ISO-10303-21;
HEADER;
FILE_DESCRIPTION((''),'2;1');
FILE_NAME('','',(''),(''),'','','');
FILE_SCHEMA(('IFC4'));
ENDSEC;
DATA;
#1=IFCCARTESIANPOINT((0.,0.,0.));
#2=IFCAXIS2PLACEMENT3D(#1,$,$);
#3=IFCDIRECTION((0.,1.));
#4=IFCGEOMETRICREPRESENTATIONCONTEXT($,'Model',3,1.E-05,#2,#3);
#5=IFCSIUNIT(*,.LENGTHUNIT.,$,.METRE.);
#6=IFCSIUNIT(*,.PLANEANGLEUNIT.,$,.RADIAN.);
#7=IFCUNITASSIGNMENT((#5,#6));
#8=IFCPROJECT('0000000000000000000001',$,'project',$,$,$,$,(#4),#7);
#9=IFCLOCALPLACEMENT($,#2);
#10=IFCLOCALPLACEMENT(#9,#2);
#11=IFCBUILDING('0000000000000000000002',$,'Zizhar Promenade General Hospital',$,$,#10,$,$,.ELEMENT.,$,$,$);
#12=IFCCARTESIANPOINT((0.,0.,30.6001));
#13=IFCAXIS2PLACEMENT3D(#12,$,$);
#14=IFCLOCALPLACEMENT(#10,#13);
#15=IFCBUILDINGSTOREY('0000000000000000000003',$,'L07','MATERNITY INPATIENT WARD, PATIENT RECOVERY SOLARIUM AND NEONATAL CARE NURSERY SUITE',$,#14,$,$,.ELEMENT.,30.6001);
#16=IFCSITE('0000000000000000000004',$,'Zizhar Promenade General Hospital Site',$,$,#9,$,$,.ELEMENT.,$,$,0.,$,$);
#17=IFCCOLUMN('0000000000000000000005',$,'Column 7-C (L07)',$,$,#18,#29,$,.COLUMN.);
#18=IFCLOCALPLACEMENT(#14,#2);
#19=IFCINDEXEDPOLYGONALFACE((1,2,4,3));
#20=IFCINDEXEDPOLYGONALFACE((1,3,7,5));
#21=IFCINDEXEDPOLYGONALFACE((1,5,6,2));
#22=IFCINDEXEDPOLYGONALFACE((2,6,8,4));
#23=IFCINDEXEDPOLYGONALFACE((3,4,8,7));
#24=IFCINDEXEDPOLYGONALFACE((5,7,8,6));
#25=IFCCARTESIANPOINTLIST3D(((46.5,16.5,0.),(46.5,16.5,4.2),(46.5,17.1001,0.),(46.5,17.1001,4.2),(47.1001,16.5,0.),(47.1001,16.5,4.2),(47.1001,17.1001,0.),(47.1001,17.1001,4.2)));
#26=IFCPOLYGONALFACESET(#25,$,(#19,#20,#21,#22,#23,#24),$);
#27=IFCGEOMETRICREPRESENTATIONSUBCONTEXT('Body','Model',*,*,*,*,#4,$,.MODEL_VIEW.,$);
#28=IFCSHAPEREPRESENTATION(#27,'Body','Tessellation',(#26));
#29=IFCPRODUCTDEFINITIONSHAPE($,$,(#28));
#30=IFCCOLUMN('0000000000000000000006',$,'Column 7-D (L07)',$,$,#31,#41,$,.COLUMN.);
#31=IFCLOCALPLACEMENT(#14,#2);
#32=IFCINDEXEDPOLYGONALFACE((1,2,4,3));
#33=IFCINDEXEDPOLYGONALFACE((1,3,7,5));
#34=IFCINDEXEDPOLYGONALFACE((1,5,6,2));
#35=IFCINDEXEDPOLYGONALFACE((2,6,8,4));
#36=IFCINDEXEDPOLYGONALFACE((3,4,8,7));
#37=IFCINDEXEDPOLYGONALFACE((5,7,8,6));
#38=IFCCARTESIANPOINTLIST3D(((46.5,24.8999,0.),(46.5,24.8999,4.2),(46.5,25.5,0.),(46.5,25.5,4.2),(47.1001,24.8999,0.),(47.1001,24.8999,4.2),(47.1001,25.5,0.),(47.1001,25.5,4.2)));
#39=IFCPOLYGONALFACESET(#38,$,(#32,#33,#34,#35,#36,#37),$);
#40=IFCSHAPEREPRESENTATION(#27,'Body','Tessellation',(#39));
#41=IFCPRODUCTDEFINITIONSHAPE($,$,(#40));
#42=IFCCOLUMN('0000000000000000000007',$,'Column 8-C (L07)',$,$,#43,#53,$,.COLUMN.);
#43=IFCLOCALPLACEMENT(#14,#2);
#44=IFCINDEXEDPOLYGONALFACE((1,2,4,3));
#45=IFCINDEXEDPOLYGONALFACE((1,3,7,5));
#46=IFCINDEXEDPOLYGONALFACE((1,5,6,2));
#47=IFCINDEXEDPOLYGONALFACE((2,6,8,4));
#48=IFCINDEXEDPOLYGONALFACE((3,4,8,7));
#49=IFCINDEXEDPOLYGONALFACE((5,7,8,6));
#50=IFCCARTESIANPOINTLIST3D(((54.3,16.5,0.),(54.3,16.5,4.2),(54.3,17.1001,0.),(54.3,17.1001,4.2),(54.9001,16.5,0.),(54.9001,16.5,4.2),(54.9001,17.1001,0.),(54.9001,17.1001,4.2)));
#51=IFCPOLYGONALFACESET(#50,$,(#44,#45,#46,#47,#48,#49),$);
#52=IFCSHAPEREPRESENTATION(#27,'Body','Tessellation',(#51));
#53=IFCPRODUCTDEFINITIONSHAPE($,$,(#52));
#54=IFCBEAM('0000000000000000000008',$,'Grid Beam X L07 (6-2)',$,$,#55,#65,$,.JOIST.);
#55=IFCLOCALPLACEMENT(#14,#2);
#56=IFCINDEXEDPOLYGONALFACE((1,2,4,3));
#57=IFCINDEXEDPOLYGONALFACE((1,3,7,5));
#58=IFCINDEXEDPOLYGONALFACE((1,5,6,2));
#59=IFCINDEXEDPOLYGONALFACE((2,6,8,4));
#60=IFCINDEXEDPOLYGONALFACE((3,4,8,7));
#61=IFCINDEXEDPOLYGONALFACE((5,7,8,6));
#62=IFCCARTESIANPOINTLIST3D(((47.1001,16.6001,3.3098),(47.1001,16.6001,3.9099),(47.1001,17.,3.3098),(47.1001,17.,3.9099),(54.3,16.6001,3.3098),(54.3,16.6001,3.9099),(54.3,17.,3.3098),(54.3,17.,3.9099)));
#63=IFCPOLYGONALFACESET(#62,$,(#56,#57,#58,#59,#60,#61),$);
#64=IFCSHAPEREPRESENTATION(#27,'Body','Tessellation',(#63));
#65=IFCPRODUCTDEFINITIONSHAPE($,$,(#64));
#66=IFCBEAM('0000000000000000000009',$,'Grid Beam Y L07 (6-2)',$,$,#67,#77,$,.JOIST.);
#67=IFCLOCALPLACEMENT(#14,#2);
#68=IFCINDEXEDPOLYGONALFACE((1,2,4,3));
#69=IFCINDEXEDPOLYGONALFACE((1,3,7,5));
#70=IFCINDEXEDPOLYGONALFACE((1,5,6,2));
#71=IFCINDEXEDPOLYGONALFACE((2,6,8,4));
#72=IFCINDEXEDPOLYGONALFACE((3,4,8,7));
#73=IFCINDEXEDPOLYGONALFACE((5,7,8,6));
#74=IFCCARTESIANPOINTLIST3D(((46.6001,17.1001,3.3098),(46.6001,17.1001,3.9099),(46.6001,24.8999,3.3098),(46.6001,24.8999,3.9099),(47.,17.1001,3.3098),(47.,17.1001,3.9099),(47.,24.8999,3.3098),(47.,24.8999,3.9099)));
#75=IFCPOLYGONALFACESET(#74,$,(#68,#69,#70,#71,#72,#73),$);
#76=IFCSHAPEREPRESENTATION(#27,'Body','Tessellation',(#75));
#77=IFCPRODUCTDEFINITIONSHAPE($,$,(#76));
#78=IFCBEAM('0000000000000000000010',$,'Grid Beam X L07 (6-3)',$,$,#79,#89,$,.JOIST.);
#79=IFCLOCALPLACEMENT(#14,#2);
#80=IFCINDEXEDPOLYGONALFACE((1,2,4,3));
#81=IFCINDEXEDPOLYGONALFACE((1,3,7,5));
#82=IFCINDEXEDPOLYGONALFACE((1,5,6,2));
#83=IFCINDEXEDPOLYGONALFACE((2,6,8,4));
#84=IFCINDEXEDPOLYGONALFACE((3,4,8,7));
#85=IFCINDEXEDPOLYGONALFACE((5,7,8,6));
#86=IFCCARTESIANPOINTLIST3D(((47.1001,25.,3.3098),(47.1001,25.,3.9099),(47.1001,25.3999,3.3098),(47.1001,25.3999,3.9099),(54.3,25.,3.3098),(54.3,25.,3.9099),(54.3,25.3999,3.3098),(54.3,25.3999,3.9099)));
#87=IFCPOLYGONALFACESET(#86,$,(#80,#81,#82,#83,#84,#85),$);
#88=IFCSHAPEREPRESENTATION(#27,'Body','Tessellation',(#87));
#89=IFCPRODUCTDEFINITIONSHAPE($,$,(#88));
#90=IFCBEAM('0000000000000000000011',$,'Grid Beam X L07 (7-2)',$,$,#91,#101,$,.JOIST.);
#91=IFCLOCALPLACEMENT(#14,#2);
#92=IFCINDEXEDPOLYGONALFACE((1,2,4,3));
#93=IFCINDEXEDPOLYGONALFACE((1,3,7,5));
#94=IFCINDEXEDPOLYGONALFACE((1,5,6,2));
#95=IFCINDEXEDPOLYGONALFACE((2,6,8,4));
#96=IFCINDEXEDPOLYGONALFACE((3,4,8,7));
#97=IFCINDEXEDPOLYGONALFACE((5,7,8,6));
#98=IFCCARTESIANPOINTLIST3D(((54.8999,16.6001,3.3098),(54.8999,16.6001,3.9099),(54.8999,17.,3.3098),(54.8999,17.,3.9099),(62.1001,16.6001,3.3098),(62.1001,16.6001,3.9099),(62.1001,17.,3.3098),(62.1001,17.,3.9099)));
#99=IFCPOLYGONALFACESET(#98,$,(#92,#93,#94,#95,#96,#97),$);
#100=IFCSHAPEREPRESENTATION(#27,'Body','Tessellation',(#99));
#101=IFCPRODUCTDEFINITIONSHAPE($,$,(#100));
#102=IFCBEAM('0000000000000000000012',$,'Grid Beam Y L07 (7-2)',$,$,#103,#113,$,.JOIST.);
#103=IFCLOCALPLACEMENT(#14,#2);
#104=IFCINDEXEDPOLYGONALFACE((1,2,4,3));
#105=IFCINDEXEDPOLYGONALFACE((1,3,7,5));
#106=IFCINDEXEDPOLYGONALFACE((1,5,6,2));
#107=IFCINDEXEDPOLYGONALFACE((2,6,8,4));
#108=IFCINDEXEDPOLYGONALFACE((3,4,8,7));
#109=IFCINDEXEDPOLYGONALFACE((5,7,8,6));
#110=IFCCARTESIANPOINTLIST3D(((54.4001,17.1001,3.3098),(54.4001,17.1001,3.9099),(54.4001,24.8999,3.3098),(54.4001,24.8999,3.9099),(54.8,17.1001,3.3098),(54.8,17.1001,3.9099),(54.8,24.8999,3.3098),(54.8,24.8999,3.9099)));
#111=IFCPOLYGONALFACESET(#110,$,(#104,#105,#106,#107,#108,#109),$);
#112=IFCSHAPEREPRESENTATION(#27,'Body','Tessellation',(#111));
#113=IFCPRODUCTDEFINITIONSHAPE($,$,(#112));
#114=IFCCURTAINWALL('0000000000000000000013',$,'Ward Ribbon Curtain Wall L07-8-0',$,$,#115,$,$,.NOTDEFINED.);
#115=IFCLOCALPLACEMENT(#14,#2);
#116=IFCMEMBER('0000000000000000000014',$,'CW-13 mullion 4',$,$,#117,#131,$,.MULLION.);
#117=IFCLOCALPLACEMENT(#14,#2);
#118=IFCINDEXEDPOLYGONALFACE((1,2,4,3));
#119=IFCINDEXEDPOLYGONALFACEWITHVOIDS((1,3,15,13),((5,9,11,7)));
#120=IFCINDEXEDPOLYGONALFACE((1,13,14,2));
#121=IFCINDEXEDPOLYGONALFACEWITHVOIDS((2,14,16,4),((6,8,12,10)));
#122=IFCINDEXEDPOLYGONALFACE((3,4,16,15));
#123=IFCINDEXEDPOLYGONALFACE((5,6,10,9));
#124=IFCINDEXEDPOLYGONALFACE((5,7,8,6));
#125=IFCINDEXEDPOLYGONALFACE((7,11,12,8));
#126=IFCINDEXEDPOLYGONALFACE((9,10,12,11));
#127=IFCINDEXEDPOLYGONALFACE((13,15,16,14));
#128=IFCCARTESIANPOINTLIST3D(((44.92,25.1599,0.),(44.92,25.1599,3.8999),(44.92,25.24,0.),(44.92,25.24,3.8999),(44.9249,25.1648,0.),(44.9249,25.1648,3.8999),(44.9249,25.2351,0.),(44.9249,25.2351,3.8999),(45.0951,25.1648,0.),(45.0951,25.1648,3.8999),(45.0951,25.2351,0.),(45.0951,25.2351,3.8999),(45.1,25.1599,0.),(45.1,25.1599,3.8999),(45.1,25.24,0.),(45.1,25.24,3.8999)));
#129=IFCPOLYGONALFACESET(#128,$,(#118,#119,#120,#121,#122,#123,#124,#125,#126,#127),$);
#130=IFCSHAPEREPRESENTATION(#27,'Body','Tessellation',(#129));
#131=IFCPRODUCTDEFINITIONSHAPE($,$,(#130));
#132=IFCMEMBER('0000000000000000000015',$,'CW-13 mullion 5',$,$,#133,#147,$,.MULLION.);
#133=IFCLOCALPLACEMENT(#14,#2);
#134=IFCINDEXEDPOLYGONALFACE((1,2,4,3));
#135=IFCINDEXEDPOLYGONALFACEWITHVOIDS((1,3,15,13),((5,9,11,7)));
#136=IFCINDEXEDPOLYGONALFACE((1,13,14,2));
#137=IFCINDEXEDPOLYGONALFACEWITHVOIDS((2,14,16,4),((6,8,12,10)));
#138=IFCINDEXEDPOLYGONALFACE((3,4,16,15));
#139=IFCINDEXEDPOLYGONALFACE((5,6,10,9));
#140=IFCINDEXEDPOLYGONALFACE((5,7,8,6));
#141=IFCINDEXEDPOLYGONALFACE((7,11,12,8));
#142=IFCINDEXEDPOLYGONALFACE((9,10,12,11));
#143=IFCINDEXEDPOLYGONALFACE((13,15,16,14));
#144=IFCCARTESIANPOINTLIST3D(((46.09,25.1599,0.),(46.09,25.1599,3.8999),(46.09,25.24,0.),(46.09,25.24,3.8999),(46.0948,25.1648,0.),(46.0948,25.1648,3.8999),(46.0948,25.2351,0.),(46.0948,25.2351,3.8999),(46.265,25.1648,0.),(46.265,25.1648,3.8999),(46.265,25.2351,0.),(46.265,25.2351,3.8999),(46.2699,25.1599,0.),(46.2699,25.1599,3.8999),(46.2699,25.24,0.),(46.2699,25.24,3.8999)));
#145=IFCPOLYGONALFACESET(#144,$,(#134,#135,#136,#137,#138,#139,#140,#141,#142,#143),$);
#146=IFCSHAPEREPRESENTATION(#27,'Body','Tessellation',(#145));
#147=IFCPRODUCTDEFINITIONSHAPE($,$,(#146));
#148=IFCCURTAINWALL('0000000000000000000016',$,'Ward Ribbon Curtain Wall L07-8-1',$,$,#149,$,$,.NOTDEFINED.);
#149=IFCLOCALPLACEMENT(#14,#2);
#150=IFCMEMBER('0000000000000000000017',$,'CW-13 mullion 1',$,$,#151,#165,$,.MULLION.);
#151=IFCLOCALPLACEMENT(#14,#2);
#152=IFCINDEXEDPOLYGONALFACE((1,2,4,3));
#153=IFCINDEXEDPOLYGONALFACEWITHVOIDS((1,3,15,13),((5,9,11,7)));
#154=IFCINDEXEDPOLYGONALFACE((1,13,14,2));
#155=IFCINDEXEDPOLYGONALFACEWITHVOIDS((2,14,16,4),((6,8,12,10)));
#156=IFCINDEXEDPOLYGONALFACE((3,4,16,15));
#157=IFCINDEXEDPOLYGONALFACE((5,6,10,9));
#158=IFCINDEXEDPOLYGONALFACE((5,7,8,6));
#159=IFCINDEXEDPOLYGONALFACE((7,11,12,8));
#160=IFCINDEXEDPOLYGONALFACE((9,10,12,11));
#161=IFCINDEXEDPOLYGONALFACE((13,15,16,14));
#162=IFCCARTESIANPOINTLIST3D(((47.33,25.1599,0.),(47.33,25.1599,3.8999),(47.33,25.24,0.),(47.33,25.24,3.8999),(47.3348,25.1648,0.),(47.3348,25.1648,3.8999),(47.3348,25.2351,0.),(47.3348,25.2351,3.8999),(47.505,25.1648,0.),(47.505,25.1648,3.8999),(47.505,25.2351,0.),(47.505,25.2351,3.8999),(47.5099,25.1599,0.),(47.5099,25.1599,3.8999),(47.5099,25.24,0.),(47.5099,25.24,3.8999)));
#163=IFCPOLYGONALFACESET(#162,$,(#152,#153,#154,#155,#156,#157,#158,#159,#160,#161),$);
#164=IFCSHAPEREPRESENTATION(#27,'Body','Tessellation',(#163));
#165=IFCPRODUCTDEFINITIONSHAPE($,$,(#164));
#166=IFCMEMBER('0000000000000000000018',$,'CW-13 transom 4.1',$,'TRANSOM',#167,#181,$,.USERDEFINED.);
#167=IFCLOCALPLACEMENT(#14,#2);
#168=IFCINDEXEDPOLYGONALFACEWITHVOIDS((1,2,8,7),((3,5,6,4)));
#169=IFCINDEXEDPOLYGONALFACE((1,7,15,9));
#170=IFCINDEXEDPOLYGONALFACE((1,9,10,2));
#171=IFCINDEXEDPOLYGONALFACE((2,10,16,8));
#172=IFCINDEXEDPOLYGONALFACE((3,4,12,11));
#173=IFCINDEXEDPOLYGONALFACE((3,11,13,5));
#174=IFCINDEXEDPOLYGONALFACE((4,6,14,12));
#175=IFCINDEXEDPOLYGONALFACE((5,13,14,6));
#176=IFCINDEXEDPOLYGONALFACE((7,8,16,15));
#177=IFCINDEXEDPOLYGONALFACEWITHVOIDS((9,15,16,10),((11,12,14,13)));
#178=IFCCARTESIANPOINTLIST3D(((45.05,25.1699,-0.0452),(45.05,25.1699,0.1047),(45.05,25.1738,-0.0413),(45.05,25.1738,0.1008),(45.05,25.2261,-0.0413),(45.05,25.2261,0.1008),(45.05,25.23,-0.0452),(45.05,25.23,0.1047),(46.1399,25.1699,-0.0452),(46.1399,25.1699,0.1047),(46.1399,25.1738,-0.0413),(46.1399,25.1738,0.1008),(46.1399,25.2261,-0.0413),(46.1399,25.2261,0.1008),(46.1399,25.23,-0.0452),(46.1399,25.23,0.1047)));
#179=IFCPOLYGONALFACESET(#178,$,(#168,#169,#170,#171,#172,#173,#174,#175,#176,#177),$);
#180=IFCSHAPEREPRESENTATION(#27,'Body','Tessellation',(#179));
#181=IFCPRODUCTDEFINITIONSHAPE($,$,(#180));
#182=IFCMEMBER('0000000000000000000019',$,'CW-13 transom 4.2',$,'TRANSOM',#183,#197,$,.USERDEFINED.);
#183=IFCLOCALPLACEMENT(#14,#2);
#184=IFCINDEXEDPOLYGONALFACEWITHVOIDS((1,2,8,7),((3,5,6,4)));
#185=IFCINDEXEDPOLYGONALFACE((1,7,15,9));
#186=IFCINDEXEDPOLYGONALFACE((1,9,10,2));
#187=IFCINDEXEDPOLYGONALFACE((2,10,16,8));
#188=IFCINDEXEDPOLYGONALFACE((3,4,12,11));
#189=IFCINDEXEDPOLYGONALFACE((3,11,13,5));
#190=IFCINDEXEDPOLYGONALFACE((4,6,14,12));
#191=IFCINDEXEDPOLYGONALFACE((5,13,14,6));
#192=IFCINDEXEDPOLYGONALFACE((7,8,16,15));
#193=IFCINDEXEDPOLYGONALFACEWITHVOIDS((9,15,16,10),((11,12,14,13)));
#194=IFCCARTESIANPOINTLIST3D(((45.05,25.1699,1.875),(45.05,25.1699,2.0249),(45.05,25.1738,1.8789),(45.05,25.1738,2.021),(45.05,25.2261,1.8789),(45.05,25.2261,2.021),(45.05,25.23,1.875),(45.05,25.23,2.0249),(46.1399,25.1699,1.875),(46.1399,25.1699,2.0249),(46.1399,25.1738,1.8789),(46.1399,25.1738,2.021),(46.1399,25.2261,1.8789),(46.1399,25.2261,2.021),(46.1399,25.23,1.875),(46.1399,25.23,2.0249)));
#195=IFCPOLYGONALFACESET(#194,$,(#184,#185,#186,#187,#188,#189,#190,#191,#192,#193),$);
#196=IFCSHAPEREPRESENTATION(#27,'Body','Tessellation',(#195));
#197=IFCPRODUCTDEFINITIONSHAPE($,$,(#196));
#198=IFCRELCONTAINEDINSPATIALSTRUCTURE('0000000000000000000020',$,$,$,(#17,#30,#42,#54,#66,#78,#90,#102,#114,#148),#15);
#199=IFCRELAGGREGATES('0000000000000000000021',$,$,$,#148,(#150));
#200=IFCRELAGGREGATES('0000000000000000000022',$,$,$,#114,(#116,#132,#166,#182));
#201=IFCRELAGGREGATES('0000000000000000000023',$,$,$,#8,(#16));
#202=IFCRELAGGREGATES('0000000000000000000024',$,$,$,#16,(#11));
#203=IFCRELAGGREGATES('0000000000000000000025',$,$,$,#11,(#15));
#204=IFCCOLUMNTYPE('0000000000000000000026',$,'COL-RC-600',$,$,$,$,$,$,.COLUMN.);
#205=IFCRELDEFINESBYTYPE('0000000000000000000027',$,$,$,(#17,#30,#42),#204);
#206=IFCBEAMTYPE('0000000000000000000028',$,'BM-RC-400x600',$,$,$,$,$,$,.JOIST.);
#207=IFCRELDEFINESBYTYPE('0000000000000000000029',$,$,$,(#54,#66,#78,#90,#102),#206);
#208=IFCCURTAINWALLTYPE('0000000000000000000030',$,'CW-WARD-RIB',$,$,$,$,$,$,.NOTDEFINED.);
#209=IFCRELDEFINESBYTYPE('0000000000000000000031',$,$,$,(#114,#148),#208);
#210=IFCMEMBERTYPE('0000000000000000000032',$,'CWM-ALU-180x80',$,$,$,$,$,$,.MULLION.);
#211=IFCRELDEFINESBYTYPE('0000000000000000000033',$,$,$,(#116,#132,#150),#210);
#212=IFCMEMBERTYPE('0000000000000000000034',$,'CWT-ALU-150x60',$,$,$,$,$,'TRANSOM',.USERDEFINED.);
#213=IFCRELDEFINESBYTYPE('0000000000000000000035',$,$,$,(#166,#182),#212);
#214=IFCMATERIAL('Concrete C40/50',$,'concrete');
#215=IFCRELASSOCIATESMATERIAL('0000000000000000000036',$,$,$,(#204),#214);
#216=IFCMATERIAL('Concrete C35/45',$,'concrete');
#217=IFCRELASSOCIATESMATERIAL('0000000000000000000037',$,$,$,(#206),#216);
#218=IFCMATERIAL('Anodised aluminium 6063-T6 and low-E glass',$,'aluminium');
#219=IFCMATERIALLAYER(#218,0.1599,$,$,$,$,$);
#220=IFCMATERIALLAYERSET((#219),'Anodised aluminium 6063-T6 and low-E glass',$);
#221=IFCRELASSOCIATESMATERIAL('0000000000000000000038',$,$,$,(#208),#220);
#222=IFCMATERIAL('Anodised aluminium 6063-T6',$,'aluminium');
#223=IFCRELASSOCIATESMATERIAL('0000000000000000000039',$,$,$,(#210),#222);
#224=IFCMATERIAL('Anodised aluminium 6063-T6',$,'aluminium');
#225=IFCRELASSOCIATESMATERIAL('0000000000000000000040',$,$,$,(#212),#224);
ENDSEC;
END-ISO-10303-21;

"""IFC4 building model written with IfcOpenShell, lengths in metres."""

from ifc_helpers import new_model, si_unit, direction, frame, origin, origin_2d, place, context, subcontext, project, spatial, rectangle, hollow_rectangle, extrude, material, layer, layer_set, material_profile, profile_set, type_object, element, aggregate, save


model = new_model("IFC4")

# Units and contexts
model_context = context("Model", 3, precision=1e-05, world=origin(), true_north=direction((0.0, 1.0)))
body_context = subcontext(model_context, "Body", "Model", "MODEL_VIEW")
ifc_project = project(units=[si_unit("LENGTHUNIT", "METRE"), si_unit("PLANEANGLEUNIT", "RADIAN")], contexts=[model_context])

# Site, building, storey
site_placement = place(None, origin())
site = spatial("IfcSite", under=ifc_project, at=site_placement, Name="Zizhar Promenade General Hospital Site", CompositionType="ELEMENT", RefElevation=0.0)
building_placement = place(site_placement, origin())
building = spatial("IfcBuilding", under=site, at=building_placement, Name="Zizhar Promenade General Hospital", CompositionType="ELEMENT")
storey_placement = place(building_placement, frame((0.0, 0.0, 30.6001)))
storey = spatial("IfcBuildingStorey", under=building, at=storey_placement, Name="L07", Description="MATERNITY INPATIENT WARD, PATIENT RECOVERY SOLARIUM AND NEONATAL CARE NURSERY SUITE", CompositionType="ELEMENT", Elevation=30.6001)

# Columns
ifc_material_1 = material(Name="Concrete C40/50", Category="concrete")
ifc_material_profile_1 = material_profile(ifc_material_1, rectangle(XDim=0.6001, YDim=0.6001, at=origin_2d()))
ifc_profile_set_1 = profile_set([ifc_material_profile_1], Name="Concrete C40/50")
column_type = type_object("IfcColumnType", Name="COL-RC-600", PredefinedType="COLUMN", material=ifc_profile_set_1)
for number, where, z_axis, x_axis, name in (
    (1, (46.8, 16.8, 0.0), (0.0, 0.0, 1.0), (1.0, 0.0, 0.0), "Column 7-C (L07)"),
    (2, (46.8, 25.2, 0.0), (0.0, 0.0, 1.0), (1.0, 0.0, 0.0), "Column 7-D (L07)"),
    (3, (54.6001, 16.8, 0.0), (0.0, 0.0, 1.0), (1.0, 0.0, 0.0), "Column 8-C (L07)"),
):
    element("IfcColumn", number, at=place(storey_placement, frame(where, z_axis=z_axis, x_axis=x_axis)), inside=storey, type_object=column_type, Name=name, PredefinedType="COLUMN", context=body_context, shape_type="SweptSolid", body=[
        extrude(rectangle(XDim=0.6001, YDim=0.6001, at=origin_2d()), origin(), (0.0, 0.0, 1.0), 4.2),
    ])

# Beams
ifc_material_2 = material(Name="Concrete C35/45", Category="concrete")
ifc_material_profile_2 = material_profile(ifc_material_2, rectangle(XDim=0.3999, YDim=0.6001, at=origin_2d()))
ifc_profile_set_2 = profile_set([ifc_material_profile_2], Name="Concrete C35/45")
beam_type = type_object("IfcBeamType", Name="BM-RC-400x600", PredefinedType="JOIST", material=ifc_profile_set_2)
beam_1_placement = place(storey_placement, frame((47.1001, 16.8, 3.6099), z_axis=(1.0, 0.0, 0.0), x_axis=(0.0, 1.0, 0.0)))
element("IfcBeam", 4, at=beam_1_placement, inside=storey, type_object=beam_type, Name="Grid Beam X L07 (6-2)", PredefinedType="JOIST", context=body_context, shape_type="SweptSolid", body=[
    extrude(rectangle(XDim=0.3999, YDim=0.6001, at=origin_2d()), origin(), (0.0, 0.0, 1.0), 7.2),
])
beam_2_placement = place(storey_placement, frame((46.8, 17.1001, 3.6099), z_axis=(0.0, 1.0, 0.0), x_axis=(-1.0, 0.0, 0.0)))
element("IfcBeam", 5, at=beam_2_placement, inside=storey, type_object=beam_type, Name="Grid Beam Y L07 (6-2)", PredefinedType="JOIST", context=body_context, shape_type="SweptSolid", body=[
    extrude(rectangle(XDim=0.3999, YDim=0.6001, at=origin_2d()), origin(), (0.0, 0.0, 1.0), 7.7998),
])
beam_3_placement = place(storey_placement, frame((47.1001, 25.2, 3.6099), z_axis=(1.0, 0.0, 0.0), x_axis=(0.0, 1.0, 0.0)))
element("IfcBeam", 6, at=beam_3_placement, inside=storey, type_object=beam_type, Name="Grid Beam X L07 (6-3)", PredefinedType="JOIST", context=body_context, shape_type="SweptSolid", body=[
    extrude(rectangle(XDim=0.3999, YDim=0.6001, at=origin_2d()), origin(), (0.0, 0.0, 1.0), 7.2),
])
beam_4_placement = place(storey_placement, frame((54.8999, 16.8, 3.6099), z_axis=(1.0, 0.0, 0.0), x_axis=(0.0, 1.0, 0.0)))
element("IfcBeam", 7, at=beam_4_placement, inside=storey, type_object=beam_type, Name="Grid Beam X L07 (7-2)", PredefinedType="JOIST", context=body_context, shape_type="SweptSolid", body=[
    extrude(rectangle(XDim=0.3999, YDim=0.6001, at=origin_2d()), origin(), (0.0, 0.0, 1.0), 7.2002),
])
beam_5_placement = place(storey_placement, frame((54.6001, 17.1001, 3.6099), z_axis=(0.0, 1.0, 0.0), x_axis=(-1.0, 0.0, 0.0)))
element("IfcBeam", 8, at=beam_5_placement, inside=storey, type_object=beam_type, Name="Grid Beam Y L07 (7-2)", PredefinedType="JOIST", context=body_context, shape_type="SweptSolid", body=[
    extrude(rectangle(XDim=0.3999, YDim=0.6001, at=origin_2d()), origin(), (0.0, 0.0, 1.0), 7.7998),
])

# Curtain wall, members
ifc_material_3 = material(Name="Anodised aluminium 6063-T6 and low-E glass", Category="aluminium")
ifc_layer_1 = layer(ifc_material_3, 0.1599)
ifc_layer_set_1 = layer_set([ifc_layer_1], Name="Anodised aluminium 6063-T6 and low-E glass")
curtain_wall_type = type_object("IfcCurtainWallType", Name="CW-WARD-RIB", PredefinedType="NOTDEFINED", material=ifc_layer_set_1)
curtain_wall_1_placement = place(storey_placement, origin())
curtain_wall_1 = element("IfcCurtainWall", 9, at=curtain_wall_1_placement, inside=storey, type_object=curtain_wall_type, Name="Ward Ribbon Curtain Wall L07-8-0", PredefinedType="NOTDEFINED")
ifc_material_4 = material(Name="Anodised aluminium 6063-T6", Category="aluminium")
ifc_material_profile_3 = material_profile(ifc_material_4, hollow_rectangle(XDim=0.0801, YDim=0.1799, WallThickness=0.0049, at=origin_2d()))
ifc_profile_set_3 = profile_set([ifc_material_profile_3], Name="Anodised aluminium 6063-T6")
member_type_1 = type_object("IfcMemberType", Name="CWM-ALU-180x80", PredefinedType="MULLION", material=ifc_profile_set_3)
member_1_placement = place(storey_placement, frame((45.01, 25.2, 0.0), z_axis=(0.0, 0.0, 1.0), x_axis=(0.0, 1.0, 0.0)))
member_1 = element("IfcMember", 10, at=member_1_placement, type_object=member_type_1, Name="CW-13 mullion 4", PredefinedType="MULLION", context=body_context, shape_type="SweptSolid", body=[
    extrude(hollow_rectangle(XDim=0.0801, YDim=0.1799, WallThickness=0.0049, at=origin_2d()), origin(), (0.0, 0.0, 1.0), 3.8999),
])
member_2_placement = place(storey_placement, frame((46.1799, 25.2, 0.0), z_axis=(0.0, 0.0, 1.0), x_axis=(0.0, 1.0, 0.0)))
member_2 = element("IfcMember", 11, at=member_2_placement, type_object=member_type_1, Name="CW-13 mullion 5", PredefinedType="MULLION", context=body_context, shape_type="SweptSolid", body=[
    extrude(hollow_rectangle(XDim=0.0801, YDim=0.1799, WallThickness=0.0049, at=origin_2d()), origin(), (0.0, 0.0, 1.0), 3.8999),
])

# Curtain wall, member
curtain_wall_2_placement = place(storey_placement, origin())
curtain_wall_2 = element("IfcCurtainWall", 12, at=curtain_wall_2_placement, inside=storey, type_object=curtain_wall_type, Name="Ward Ribbon Curtain Wall L07-8-1", PredefinedType="NOTDEFINED")
member_3_placement = place(storey_placement, frame((47.4199, 25.2, 0.0), z_axis=(0.0, 0.0, 1.0), x_axis=(0.0, 1.0, 0.0)))
member_3 = element("IfcMember", 13, at=member_3_placement, type_object=member_type_1, Name="CW-13 mullion 1", PredefinedType="MULLION", context=body_context, shape_type="SweptSolid", body=[
    extrude(hollow_rectangle(XDim=0.0801, YDim=0.1799, WallThickness=0.0049, at=origin_2d()), origin(), (0.0, 0.0, 1.0), 3.8999),
])
aggregate(curtain_wall_2, [member_3])

# Members
ifc_material_5 = material(Name="Anodised aluminium 6063-T6", Category="aluminium")
ifc_material_profile_4 = material_profile(ifc_material_5, hollow_rectangle(XDim=0.0601, YDim=0.1499, WallThickness=0.0039, at=origin_2d()))
ifc_profile_set_4 = profile_set([ifc_material_profile_4], Name="Anodised aluminium 6063-T6")
member_type_2 = type_object("IfcMemberType", Name="CWT-ALU-150x60", ElementType="TRANSOM", PredefinedType="USERDEFINED", material=ifc_profile_set_4)
member_4_placement = place(storey_placement, frame((45.05, 25.2, 0.0298), z_axis=(1.0, 0.0, 0.0), x_axis=(0.0, 1.0, 0.0)))
member_4 = element("IfcMember", 14, at=member_4_placement, type_object=member_type_2, Name="CW-13 transom 4.1", ObjectType="TRANSOM", PredefinedType="USERDEFINED", context=body_context, shape_type="SweptSolid", body=[
    extrude(hollow_rectangle(XDim=0.0601, YDim=0.1499, WallThickness=0.0039, at=origin_2d()), origin(), (0.0, 0.0, 1.0), 1.0898),
])
member_5_placement = place(storey_placement, frame((45.05, 25.2, 1.95), z_axis=(1.0, 0.0, 0.0), x_axis=(0.0, 1.0, 0.0)))
member_5 = element("IfcMember", 15, at=member_5_placement, type_object=member_type_2, Name="CW-13 transom 4.2", ObjectType="TRANSOM", PredefinedType="USERDEFINED", context=body_context, shape_type="SweptSolid", body=[
    extrude(hollow_rectangle(XDim=0.0601, YDim=0.1499, WallThickness=0.0039, at=origin_2d()), origin(), (0.0, 0.0, 1.0), 1.0898),
])

aggregate(curtain_wall_1, [member_1, member_2, member_4, member_5])

save(model, "model.ifc")
